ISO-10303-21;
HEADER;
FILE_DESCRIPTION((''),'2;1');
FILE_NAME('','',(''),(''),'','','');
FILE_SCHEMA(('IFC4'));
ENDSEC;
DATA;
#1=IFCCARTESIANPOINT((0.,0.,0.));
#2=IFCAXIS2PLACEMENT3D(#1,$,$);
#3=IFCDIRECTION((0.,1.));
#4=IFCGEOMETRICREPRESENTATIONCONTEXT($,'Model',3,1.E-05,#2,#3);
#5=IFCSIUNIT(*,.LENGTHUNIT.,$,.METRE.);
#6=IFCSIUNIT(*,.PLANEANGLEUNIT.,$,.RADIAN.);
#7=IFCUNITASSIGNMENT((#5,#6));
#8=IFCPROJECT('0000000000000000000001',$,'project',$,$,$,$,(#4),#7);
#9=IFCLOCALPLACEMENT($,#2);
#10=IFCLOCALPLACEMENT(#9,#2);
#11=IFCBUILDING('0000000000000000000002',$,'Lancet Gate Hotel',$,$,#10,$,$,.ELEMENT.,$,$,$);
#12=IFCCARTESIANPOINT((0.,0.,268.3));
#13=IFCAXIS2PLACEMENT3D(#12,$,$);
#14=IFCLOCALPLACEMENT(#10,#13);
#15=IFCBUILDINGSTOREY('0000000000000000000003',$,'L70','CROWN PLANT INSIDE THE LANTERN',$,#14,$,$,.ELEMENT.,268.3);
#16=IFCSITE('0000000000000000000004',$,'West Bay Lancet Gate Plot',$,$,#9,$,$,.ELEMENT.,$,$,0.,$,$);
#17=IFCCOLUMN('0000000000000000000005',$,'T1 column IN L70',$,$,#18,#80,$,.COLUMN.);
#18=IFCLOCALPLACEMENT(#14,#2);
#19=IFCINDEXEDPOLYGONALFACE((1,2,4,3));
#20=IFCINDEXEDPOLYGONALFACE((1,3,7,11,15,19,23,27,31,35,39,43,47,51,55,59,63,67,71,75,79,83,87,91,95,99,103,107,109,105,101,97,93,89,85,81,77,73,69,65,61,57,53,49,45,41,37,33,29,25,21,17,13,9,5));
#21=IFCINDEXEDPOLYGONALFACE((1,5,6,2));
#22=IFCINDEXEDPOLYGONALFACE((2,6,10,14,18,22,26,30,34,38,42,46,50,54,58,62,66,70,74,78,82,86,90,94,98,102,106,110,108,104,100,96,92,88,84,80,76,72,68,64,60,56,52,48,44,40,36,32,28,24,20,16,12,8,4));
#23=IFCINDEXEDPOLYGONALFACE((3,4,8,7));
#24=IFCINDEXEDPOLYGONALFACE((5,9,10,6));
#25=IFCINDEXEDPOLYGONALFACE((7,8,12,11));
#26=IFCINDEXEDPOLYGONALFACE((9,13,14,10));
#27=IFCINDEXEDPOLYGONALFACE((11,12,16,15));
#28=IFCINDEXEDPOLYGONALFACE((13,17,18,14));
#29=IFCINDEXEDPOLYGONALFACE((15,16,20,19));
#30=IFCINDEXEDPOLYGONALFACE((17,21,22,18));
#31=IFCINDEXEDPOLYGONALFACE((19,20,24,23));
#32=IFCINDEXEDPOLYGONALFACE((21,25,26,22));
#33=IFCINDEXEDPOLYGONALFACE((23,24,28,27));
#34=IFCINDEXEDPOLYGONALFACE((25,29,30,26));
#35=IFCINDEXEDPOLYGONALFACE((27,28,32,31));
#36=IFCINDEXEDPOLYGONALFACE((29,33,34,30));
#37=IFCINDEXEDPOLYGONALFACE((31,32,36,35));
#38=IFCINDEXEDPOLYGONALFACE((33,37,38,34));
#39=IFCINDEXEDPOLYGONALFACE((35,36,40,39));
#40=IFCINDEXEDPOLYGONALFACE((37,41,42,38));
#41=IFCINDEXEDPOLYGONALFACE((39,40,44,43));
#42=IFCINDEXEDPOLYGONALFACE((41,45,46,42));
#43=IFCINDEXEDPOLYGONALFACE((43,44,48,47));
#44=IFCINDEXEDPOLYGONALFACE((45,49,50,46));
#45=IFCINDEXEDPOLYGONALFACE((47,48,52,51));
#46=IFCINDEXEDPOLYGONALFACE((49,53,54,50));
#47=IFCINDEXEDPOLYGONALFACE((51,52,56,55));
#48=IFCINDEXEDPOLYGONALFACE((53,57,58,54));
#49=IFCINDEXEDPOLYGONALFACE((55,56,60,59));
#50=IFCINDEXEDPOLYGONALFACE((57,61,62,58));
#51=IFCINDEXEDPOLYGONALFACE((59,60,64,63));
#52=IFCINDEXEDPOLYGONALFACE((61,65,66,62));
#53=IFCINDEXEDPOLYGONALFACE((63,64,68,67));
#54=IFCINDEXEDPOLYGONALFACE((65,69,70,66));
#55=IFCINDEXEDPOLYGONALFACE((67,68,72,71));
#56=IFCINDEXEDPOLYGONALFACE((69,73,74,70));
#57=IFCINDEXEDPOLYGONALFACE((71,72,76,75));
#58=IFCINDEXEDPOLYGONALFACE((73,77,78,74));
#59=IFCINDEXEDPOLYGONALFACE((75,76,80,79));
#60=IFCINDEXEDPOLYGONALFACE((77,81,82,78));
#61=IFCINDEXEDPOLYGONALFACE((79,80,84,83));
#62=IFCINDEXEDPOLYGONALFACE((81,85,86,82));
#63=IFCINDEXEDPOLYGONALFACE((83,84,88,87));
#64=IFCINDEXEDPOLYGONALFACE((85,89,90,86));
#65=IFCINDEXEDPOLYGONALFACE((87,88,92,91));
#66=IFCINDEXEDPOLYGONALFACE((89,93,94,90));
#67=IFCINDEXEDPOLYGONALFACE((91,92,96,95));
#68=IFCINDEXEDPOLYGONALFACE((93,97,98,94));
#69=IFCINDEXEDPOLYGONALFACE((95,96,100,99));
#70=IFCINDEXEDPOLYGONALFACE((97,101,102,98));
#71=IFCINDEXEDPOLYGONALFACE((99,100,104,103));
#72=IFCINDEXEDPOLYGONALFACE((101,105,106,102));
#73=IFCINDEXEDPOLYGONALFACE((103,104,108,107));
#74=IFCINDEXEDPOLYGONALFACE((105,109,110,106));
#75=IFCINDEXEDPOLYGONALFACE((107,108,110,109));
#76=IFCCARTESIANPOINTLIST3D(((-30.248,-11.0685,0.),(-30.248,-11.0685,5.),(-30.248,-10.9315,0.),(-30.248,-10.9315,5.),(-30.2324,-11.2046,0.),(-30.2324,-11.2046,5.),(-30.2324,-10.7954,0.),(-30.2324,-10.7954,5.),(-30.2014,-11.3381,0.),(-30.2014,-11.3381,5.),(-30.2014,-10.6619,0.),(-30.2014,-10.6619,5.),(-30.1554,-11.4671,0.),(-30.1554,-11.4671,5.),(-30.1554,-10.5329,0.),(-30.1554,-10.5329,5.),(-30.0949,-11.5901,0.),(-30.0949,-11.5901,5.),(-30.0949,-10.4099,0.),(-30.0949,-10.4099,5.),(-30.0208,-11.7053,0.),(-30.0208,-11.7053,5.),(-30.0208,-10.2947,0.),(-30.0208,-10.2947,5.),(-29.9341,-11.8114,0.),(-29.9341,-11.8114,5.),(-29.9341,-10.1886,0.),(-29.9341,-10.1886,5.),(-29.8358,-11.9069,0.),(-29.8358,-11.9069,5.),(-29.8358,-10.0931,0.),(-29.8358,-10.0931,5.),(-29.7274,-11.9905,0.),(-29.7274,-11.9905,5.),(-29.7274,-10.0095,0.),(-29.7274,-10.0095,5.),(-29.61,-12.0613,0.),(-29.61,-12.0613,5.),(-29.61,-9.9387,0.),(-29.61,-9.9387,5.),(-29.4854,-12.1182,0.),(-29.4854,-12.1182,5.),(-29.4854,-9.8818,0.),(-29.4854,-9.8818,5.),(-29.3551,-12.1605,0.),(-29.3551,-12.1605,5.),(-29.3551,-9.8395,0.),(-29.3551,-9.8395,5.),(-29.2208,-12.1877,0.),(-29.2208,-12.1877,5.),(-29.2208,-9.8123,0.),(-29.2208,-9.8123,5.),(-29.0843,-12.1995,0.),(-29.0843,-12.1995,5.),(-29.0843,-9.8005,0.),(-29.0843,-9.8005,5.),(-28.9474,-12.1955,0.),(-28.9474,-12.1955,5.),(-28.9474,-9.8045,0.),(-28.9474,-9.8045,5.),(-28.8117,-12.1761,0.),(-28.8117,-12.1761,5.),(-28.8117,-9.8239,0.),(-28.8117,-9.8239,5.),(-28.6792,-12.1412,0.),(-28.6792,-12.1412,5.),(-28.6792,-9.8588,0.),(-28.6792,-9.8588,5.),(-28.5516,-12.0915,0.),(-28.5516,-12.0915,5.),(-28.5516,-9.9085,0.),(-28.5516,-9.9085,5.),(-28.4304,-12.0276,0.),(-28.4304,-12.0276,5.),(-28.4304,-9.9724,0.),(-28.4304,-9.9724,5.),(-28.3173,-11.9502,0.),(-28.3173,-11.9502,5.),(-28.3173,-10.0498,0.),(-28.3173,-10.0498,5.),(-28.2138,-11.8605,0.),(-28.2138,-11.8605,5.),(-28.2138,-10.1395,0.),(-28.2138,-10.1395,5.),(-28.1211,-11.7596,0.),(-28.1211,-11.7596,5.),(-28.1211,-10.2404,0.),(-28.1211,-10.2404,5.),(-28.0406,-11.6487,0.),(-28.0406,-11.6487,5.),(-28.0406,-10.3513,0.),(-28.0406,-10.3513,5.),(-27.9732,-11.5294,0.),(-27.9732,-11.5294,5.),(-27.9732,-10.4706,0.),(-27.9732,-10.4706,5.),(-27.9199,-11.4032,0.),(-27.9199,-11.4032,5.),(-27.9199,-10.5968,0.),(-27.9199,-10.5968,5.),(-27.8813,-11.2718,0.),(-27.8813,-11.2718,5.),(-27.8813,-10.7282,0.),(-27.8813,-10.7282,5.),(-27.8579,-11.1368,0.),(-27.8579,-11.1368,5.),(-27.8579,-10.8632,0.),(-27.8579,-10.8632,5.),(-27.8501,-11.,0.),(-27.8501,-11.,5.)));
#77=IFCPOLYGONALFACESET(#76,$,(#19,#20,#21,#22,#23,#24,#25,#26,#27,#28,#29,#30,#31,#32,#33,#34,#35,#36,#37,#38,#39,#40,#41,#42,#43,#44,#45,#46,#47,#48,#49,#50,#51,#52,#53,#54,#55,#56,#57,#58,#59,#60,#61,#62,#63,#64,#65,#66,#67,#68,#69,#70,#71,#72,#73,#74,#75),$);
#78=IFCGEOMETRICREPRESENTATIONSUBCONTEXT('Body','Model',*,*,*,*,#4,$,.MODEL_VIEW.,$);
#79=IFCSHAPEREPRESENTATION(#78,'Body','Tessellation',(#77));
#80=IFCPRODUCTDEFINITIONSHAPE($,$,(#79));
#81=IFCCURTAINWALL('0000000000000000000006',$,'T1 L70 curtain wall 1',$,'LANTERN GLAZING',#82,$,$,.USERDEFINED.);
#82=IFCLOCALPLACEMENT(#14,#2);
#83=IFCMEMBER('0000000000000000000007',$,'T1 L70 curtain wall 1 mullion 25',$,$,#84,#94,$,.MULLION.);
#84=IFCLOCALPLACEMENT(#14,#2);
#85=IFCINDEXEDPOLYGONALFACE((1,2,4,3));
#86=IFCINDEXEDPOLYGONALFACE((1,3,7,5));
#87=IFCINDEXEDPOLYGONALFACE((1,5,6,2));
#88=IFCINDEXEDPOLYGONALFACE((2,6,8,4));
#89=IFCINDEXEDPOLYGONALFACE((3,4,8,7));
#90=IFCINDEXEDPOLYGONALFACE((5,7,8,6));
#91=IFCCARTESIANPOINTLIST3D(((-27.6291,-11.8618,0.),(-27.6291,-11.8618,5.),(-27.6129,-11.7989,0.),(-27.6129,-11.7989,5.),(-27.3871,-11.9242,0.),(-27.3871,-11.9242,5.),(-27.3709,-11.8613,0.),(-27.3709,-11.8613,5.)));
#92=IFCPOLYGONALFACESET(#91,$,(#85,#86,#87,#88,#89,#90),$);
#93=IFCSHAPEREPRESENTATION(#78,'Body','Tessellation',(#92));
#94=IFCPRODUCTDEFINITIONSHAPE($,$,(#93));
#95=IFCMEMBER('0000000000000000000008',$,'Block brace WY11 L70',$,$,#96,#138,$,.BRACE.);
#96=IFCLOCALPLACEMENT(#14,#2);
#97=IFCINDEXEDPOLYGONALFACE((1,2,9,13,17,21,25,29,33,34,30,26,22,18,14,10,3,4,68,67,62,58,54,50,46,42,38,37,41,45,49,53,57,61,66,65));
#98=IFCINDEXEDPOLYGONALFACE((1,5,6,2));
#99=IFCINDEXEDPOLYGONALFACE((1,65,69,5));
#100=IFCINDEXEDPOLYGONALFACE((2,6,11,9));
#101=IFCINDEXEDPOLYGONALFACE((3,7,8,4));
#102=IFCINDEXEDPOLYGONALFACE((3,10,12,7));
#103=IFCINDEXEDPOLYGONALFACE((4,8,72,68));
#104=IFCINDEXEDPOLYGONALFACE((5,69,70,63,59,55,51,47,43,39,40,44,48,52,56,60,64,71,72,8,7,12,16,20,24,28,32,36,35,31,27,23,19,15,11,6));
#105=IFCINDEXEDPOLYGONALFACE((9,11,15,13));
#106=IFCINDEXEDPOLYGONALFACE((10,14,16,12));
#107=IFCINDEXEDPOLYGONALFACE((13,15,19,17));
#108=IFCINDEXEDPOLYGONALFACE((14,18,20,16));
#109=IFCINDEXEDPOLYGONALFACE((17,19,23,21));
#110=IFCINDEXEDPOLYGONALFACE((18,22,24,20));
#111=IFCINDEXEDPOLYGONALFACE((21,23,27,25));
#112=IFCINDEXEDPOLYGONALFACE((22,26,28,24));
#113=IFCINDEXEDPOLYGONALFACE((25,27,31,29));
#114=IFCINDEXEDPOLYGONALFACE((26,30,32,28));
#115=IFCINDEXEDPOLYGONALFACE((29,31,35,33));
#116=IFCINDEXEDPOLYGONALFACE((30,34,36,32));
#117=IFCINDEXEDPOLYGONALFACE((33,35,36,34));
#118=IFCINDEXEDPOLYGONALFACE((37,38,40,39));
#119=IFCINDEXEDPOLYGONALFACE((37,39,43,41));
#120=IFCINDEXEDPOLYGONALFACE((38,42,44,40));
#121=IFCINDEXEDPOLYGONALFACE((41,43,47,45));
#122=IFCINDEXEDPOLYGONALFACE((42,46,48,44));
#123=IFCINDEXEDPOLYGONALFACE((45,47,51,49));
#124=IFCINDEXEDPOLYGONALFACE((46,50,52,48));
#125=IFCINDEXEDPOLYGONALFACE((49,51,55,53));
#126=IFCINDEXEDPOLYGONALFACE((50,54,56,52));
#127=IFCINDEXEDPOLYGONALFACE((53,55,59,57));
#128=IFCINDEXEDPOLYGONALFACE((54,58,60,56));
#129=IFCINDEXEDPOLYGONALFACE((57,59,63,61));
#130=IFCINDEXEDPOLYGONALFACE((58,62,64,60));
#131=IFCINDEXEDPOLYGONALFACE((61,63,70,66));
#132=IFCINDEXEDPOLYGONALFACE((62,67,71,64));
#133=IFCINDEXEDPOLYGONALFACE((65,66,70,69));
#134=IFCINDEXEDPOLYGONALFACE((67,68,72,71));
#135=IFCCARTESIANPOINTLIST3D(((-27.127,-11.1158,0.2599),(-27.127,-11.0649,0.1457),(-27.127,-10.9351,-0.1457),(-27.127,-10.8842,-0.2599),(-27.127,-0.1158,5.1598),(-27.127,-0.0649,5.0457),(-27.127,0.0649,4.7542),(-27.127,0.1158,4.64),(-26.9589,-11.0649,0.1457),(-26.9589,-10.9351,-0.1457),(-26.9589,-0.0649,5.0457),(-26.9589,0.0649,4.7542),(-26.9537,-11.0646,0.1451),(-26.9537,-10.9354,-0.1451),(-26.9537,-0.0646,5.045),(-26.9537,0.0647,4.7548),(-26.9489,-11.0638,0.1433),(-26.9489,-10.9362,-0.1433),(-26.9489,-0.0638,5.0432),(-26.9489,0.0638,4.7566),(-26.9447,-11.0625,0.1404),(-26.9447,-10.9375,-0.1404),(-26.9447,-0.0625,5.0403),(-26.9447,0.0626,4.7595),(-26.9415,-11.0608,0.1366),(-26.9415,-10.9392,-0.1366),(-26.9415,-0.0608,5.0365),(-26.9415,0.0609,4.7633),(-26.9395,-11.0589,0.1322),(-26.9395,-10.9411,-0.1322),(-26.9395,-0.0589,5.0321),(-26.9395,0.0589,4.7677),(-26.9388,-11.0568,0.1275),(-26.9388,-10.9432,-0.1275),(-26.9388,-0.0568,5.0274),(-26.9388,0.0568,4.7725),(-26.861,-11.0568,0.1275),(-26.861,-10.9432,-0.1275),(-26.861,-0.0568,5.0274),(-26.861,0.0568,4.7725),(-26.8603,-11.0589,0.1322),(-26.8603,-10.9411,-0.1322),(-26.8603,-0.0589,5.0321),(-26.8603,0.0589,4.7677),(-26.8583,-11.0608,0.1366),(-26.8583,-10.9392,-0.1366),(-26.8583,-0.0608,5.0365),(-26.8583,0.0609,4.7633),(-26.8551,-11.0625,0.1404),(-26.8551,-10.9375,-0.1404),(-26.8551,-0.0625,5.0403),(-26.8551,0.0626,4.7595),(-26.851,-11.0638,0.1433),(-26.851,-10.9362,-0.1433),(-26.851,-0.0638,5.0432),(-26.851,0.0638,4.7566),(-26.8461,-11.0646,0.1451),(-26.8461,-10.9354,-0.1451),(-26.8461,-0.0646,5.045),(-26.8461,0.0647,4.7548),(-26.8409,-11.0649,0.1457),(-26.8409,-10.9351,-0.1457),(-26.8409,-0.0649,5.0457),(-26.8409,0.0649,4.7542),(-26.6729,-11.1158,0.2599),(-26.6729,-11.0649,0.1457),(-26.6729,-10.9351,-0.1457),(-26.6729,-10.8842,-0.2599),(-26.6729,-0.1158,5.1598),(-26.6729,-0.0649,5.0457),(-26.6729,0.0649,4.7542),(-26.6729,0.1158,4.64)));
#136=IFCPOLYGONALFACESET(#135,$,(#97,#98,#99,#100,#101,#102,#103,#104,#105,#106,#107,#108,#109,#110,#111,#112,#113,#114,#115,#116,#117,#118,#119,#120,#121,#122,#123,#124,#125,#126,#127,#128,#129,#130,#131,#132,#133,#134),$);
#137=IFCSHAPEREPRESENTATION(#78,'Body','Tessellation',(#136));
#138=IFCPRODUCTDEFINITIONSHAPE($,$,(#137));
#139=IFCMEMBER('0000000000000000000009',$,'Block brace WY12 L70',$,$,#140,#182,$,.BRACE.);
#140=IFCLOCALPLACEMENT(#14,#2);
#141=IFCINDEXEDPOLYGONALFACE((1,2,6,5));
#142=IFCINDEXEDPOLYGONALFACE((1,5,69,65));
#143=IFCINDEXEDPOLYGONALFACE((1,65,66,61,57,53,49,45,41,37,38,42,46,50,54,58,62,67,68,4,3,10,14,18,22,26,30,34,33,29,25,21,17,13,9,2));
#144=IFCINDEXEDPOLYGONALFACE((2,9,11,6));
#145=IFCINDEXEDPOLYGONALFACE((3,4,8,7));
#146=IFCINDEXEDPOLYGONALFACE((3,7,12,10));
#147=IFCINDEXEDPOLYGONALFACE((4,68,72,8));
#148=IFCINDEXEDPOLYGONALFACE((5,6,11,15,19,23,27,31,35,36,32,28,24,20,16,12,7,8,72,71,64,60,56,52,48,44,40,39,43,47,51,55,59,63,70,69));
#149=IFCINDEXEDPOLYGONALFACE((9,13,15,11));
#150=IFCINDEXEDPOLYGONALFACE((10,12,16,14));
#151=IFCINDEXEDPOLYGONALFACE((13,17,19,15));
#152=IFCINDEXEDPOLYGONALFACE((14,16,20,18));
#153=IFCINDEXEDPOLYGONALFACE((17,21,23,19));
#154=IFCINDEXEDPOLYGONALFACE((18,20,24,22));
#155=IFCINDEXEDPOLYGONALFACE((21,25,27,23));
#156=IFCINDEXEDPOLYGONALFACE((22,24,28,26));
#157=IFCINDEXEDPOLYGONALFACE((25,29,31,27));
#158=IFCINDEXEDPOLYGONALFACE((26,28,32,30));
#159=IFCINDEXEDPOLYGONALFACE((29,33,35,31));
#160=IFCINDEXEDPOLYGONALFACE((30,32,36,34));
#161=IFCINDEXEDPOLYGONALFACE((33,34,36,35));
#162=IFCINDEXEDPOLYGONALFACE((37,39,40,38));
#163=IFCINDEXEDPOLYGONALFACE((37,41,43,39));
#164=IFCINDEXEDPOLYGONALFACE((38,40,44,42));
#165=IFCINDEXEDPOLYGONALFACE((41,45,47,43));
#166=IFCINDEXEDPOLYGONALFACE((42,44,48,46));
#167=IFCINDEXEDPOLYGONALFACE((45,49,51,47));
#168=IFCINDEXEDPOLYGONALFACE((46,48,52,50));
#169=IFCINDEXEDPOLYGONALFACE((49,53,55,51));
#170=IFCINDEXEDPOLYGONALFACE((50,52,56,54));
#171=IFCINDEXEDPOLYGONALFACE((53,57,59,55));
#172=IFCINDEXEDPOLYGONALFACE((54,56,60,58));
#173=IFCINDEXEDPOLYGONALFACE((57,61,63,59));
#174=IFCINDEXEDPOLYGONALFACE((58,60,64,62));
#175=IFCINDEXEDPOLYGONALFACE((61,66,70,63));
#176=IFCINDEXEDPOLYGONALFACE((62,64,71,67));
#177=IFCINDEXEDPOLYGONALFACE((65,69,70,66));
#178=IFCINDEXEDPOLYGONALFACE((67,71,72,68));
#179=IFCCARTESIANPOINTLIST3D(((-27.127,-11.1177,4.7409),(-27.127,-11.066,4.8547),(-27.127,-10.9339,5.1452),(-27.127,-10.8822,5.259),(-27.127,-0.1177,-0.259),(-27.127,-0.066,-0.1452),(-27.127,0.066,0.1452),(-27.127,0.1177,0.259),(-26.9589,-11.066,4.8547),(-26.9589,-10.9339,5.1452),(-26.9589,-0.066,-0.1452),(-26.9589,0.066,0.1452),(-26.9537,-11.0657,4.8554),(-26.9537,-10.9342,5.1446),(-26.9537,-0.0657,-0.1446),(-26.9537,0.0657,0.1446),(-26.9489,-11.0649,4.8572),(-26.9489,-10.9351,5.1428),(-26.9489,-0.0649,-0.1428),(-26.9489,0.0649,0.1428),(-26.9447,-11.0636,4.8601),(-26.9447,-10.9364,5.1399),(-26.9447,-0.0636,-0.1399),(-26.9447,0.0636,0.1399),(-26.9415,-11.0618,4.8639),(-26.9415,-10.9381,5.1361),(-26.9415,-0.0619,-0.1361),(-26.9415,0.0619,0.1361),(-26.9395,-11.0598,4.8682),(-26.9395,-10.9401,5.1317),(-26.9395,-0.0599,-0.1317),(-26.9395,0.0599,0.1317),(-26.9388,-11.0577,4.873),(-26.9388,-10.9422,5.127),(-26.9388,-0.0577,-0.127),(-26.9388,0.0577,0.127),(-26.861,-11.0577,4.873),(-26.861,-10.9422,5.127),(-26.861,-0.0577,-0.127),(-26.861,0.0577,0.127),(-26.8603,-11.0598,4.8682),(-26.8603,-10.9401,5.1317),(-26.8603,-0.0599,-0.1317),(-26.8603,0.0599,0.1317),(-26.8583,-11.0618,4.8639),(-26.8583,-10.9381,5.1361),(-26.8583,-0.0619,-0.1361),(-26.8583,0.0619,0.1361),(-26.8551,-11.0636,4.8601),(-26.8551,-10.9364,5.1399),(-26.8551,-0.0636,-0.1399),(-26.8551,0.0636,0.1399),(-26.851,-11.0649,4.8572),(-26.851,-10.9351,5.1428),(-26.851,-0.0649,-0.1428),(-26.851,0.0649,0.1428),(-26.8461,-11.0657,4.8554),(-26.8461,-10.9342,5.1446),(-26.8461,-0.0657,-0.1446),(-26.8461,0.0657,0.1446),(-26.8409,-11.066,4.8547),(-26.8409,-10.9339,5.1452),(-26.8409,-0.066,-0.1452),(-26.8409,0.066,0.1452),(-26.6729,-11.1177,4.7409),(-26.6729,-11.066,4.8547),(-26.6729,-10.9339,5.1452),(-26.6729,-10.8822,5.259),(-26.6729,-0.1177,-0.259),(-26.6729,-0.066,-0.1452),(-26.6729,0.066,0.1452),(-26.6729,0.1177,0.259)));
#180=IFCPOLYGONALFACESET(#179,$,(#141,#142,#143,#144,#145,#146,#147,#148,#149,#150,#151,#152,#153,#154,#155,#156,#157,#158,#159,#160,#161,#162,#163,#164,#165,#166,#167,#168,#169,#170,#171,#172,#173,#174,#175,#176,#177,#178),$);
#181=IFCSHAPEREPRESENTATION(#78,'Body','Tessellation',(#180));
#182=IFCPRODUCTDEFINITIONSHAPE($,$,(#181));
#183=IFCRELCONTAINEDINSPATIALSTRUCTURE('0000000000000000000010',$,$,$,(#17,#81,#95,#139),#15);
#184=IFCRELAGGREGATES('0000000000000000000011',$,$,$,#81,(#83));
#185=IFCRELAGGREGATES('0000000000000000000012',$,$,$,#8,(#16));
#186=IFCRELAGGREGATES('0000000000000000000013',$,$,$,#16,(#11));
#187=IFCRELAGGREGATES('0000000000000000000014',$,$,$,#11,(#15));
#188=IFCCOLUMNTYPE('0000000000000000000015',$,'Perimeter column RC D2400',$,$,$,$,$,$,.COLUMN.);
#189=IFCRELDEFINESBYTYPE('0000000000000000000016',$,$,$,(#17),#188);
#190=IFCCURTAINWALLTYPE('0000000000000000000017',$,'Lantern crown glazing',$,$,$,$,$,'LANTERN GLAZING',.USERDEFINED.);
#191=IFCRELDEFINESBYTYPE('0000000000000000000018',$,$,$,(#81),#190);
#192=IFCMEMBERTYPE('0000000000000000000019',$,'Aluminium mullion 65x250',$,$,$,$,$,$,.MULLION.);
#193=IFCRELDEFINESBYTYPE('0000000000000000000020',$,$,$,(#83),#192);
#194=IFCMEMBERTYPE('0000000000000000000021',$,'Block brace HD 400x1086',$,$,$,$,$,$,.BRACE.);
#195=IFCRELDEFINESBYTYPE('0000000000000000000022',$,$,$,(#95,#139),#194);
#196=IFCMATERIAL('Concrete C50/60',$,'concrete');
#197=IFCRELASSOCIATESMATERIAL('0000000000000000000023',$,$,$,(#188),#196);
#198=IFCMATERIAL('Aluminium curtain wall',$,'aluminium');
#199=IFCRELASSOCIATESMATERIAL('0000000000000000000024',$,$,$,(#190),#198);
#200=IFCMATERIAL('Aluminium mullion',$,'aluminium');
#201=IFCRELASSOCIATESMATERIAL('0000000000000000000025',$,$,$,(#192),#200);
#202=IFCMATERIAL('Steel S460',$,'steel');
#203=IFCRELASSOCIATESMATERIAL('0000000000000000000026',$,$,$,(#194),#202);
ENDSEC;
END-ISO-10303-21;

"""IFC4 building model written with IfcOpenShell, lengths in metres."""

from ifc_helpers import new_model, si_unit, direction, frame, origin, origin_2d, place, context, subcontext, project, spatial, rectangle, circle, i_section, extrude, material, material_profile, profile_set, type_object, element, aggregate, save


model = new_model("IFC4")

# Units and contexts
model_context = context("Model", 3, precision=1e-05, world=origin(), true_north=direction((0.0, 1.0)))
body_context = subcontext(model_context, "Body", "Model", "MODEL_VIEW")
ifc_project = project(units=[si_unit("LENGTHUNIT", "METRE"), si_unit("PLANEANGLEUNIT", "RADIAN")], contexts=[model_context])

# Site, building, storey
site_placement = place(None, origin())
site = spatial("IfcSite", under=ifc_project, at=site_placement, Name="West Bay Lancet Gate Plot", CompositionType="ELEMENT", RefElevation=0.0)
building_placement = place(site_placement, origin())
building = spatial("IfcBuilding", under=site, at=building_placement, Name="Lancet Gate Hotel", CompositionType="ELEMENT")
storey_placement = place(building_placement, frame((0.0, 0.0, 268.3)))
storey = spatial("IfcBuildingStorey", under=building, at=storey_placement, Name="L70", Description="CROWN PLANT INSIDE THE LANTERN", CompositionType="ELEMENT", Elevation=268.3)

# Column
ifc_material_1 = material(Name="Concrete C50/60", Category="concrete")
ifc_material_profile_1 = material_profile(ifc_material_1, circle(Radius=1.2, at=origin_2d()), Name="RC D2400")
ifc_profile_set_1 = profile_set([ifc_material_profile_1], Name="Concrete C50/60")
column_type_1 = type_object("IfcColumnType", Name="Perimeter column RC D2400", PredefinedType="COLUMN", material=ifc_profile_set_1)
column_placement = place(storey_placement, frame((-29.05, -11.0, 0.0), z_axis=(0.0, 0.0, 1.0), x_axis=(1.0, 0.0, 0.0)))
element("IfcColumn", 1, at=column_placement, inside=storey, type_object=column_type_1, Name="T1 column IN L70", PredefinedType="COLUMN", context=body_context, shape_type="SweptSolid", body=[
    extrude(circle(Radius=1.2, at=origin_2d()), origin(), (0.0, 0.0, 1.0), 5.0),
])

# Curtain wall, member
ifc_material_2 = material(Name="Aluminium curtain wall", Category="aluminium")
curtain_wall_type_1 = type_object("IfcCurtainWallType", Name="Lantern crown glazing", ElementType="LANTERN GLAZING", PredefinedType="USERDEFINED", material=ifc_material_2)
curtain_wall_1_placement = place(storey_placement, origin())
curtain_wall_1 = element("IfcCurtainWall", 2, at=curtain_wall_1_placement, inside=storey, type_object=curtain_wall_type_1, Name="T1 L70 curtain wall 1", ObjectType="LANTERN GLAZING", PredefinedType="USERDEFINED")
ifc_material_3 = material(Name="Aluminium mullion", Category="aluminium")
ifc_material_profile_2 = material_profile(ifc_material_3, rectangle(XDim=0.0649, YDim=0.25, at=origin_2d()), Name="MULLION 65x250")
ifc_profile_set_2 = profile_set([ifc_material_profile_2], Name="Aluminium mullion")
member_type_1 = type_object("IfcMemberType", Name="Aluminium mullion 65x250", PredefinedType="MULLION", material=ifc_profile_set_2)
member_1_placement = place(storey_placement, frame((-27.5, -11.8616, 0.0), z_axis=(0.0, 0.0, 1.0), x_axis=(0.249726, 0.968317, 0.0)))
member_1 = element("IfcMember", 3, at=member_1_placement, type_object=member_type_1, Name="T1 L70 curtain wall 1 mullion 25", PredefinedType="MULLION", context=body_context, shape_type="SweptSolid", body=[
    extrude(rectangle(XDim=0.0649, YDim=0.25, at=origin_2d()), origin(), (0.0, 0.0, 1.0), 5.0),
])
aggregate(curtain_wall_1, [member_1])

# Members
ifc_material_4 = material(Name="Steel S460", Category="steel")
ifc_material_profile_3 = material_profile(ifc_material_4, i_section(OverallWidth=0.4541, OverallDepth=0.5691, WebThickness=0.0779, FlangeThickness=0.125, FilletRadius=0.02, at=origin_2d()), Name="HD 400x1086")
ifc_profile_set_3 = profile_set([ifc_material_profile_3], Name="Steel S460")
member_type_2 = type_object("IfcMemberType", Name="Block brace HD 400x1086", PredefinedType="BRACE", material=ifc_profile_set_3)
member_2_placement = place(storey_placement, frame((-26.8999, -11.0, 0.0), z_axis=(0.0, 0.913472, 0.406902), x_axis=(-1.0, 0.0, 0.0)))
element("IfcMember", 4, at=member_2_placement, inside=storey, type_object=member_type_2, Name="Block brace WY11 L70", PredefinedType="BRACE", context=body_context, shape_type="SweptSolid", body=[
    extrude(i_section(OverallWidth=0.4541, OverallDepth=0.5691, WebThickness=0.0779, FlangeThickness=0.125, FilletRadius=0.02, at=origin_2d()), origin(), (0.0, 0.0, 1.0), 12.042),
])
member_3_placement = place(storey_placement, frame((-26.8999, 0.0, 0.0), z_axis=(0.0, -0.910366, 0.413803), x_axis=(1.0, 0.0, 0.0)))
element("IfcMember", 5, at=member_3_placement, inside=storey, type_object=member_type_2, Name="Block brace WY12 L70", PredefinedType="BRACE", context=body_context, shape_type="SweptSolid", body=[
    extrude(i_section(OverallWidth=0.4541, OverallDepth=0.5691, WebThickness=0.0779, FlangeThickness=0.125, FilletRadius=0.02, at=origin_2d()), origin(), (0.0, 0.0, 1.0), 12.083),
])

save(model, "model.ifc")
